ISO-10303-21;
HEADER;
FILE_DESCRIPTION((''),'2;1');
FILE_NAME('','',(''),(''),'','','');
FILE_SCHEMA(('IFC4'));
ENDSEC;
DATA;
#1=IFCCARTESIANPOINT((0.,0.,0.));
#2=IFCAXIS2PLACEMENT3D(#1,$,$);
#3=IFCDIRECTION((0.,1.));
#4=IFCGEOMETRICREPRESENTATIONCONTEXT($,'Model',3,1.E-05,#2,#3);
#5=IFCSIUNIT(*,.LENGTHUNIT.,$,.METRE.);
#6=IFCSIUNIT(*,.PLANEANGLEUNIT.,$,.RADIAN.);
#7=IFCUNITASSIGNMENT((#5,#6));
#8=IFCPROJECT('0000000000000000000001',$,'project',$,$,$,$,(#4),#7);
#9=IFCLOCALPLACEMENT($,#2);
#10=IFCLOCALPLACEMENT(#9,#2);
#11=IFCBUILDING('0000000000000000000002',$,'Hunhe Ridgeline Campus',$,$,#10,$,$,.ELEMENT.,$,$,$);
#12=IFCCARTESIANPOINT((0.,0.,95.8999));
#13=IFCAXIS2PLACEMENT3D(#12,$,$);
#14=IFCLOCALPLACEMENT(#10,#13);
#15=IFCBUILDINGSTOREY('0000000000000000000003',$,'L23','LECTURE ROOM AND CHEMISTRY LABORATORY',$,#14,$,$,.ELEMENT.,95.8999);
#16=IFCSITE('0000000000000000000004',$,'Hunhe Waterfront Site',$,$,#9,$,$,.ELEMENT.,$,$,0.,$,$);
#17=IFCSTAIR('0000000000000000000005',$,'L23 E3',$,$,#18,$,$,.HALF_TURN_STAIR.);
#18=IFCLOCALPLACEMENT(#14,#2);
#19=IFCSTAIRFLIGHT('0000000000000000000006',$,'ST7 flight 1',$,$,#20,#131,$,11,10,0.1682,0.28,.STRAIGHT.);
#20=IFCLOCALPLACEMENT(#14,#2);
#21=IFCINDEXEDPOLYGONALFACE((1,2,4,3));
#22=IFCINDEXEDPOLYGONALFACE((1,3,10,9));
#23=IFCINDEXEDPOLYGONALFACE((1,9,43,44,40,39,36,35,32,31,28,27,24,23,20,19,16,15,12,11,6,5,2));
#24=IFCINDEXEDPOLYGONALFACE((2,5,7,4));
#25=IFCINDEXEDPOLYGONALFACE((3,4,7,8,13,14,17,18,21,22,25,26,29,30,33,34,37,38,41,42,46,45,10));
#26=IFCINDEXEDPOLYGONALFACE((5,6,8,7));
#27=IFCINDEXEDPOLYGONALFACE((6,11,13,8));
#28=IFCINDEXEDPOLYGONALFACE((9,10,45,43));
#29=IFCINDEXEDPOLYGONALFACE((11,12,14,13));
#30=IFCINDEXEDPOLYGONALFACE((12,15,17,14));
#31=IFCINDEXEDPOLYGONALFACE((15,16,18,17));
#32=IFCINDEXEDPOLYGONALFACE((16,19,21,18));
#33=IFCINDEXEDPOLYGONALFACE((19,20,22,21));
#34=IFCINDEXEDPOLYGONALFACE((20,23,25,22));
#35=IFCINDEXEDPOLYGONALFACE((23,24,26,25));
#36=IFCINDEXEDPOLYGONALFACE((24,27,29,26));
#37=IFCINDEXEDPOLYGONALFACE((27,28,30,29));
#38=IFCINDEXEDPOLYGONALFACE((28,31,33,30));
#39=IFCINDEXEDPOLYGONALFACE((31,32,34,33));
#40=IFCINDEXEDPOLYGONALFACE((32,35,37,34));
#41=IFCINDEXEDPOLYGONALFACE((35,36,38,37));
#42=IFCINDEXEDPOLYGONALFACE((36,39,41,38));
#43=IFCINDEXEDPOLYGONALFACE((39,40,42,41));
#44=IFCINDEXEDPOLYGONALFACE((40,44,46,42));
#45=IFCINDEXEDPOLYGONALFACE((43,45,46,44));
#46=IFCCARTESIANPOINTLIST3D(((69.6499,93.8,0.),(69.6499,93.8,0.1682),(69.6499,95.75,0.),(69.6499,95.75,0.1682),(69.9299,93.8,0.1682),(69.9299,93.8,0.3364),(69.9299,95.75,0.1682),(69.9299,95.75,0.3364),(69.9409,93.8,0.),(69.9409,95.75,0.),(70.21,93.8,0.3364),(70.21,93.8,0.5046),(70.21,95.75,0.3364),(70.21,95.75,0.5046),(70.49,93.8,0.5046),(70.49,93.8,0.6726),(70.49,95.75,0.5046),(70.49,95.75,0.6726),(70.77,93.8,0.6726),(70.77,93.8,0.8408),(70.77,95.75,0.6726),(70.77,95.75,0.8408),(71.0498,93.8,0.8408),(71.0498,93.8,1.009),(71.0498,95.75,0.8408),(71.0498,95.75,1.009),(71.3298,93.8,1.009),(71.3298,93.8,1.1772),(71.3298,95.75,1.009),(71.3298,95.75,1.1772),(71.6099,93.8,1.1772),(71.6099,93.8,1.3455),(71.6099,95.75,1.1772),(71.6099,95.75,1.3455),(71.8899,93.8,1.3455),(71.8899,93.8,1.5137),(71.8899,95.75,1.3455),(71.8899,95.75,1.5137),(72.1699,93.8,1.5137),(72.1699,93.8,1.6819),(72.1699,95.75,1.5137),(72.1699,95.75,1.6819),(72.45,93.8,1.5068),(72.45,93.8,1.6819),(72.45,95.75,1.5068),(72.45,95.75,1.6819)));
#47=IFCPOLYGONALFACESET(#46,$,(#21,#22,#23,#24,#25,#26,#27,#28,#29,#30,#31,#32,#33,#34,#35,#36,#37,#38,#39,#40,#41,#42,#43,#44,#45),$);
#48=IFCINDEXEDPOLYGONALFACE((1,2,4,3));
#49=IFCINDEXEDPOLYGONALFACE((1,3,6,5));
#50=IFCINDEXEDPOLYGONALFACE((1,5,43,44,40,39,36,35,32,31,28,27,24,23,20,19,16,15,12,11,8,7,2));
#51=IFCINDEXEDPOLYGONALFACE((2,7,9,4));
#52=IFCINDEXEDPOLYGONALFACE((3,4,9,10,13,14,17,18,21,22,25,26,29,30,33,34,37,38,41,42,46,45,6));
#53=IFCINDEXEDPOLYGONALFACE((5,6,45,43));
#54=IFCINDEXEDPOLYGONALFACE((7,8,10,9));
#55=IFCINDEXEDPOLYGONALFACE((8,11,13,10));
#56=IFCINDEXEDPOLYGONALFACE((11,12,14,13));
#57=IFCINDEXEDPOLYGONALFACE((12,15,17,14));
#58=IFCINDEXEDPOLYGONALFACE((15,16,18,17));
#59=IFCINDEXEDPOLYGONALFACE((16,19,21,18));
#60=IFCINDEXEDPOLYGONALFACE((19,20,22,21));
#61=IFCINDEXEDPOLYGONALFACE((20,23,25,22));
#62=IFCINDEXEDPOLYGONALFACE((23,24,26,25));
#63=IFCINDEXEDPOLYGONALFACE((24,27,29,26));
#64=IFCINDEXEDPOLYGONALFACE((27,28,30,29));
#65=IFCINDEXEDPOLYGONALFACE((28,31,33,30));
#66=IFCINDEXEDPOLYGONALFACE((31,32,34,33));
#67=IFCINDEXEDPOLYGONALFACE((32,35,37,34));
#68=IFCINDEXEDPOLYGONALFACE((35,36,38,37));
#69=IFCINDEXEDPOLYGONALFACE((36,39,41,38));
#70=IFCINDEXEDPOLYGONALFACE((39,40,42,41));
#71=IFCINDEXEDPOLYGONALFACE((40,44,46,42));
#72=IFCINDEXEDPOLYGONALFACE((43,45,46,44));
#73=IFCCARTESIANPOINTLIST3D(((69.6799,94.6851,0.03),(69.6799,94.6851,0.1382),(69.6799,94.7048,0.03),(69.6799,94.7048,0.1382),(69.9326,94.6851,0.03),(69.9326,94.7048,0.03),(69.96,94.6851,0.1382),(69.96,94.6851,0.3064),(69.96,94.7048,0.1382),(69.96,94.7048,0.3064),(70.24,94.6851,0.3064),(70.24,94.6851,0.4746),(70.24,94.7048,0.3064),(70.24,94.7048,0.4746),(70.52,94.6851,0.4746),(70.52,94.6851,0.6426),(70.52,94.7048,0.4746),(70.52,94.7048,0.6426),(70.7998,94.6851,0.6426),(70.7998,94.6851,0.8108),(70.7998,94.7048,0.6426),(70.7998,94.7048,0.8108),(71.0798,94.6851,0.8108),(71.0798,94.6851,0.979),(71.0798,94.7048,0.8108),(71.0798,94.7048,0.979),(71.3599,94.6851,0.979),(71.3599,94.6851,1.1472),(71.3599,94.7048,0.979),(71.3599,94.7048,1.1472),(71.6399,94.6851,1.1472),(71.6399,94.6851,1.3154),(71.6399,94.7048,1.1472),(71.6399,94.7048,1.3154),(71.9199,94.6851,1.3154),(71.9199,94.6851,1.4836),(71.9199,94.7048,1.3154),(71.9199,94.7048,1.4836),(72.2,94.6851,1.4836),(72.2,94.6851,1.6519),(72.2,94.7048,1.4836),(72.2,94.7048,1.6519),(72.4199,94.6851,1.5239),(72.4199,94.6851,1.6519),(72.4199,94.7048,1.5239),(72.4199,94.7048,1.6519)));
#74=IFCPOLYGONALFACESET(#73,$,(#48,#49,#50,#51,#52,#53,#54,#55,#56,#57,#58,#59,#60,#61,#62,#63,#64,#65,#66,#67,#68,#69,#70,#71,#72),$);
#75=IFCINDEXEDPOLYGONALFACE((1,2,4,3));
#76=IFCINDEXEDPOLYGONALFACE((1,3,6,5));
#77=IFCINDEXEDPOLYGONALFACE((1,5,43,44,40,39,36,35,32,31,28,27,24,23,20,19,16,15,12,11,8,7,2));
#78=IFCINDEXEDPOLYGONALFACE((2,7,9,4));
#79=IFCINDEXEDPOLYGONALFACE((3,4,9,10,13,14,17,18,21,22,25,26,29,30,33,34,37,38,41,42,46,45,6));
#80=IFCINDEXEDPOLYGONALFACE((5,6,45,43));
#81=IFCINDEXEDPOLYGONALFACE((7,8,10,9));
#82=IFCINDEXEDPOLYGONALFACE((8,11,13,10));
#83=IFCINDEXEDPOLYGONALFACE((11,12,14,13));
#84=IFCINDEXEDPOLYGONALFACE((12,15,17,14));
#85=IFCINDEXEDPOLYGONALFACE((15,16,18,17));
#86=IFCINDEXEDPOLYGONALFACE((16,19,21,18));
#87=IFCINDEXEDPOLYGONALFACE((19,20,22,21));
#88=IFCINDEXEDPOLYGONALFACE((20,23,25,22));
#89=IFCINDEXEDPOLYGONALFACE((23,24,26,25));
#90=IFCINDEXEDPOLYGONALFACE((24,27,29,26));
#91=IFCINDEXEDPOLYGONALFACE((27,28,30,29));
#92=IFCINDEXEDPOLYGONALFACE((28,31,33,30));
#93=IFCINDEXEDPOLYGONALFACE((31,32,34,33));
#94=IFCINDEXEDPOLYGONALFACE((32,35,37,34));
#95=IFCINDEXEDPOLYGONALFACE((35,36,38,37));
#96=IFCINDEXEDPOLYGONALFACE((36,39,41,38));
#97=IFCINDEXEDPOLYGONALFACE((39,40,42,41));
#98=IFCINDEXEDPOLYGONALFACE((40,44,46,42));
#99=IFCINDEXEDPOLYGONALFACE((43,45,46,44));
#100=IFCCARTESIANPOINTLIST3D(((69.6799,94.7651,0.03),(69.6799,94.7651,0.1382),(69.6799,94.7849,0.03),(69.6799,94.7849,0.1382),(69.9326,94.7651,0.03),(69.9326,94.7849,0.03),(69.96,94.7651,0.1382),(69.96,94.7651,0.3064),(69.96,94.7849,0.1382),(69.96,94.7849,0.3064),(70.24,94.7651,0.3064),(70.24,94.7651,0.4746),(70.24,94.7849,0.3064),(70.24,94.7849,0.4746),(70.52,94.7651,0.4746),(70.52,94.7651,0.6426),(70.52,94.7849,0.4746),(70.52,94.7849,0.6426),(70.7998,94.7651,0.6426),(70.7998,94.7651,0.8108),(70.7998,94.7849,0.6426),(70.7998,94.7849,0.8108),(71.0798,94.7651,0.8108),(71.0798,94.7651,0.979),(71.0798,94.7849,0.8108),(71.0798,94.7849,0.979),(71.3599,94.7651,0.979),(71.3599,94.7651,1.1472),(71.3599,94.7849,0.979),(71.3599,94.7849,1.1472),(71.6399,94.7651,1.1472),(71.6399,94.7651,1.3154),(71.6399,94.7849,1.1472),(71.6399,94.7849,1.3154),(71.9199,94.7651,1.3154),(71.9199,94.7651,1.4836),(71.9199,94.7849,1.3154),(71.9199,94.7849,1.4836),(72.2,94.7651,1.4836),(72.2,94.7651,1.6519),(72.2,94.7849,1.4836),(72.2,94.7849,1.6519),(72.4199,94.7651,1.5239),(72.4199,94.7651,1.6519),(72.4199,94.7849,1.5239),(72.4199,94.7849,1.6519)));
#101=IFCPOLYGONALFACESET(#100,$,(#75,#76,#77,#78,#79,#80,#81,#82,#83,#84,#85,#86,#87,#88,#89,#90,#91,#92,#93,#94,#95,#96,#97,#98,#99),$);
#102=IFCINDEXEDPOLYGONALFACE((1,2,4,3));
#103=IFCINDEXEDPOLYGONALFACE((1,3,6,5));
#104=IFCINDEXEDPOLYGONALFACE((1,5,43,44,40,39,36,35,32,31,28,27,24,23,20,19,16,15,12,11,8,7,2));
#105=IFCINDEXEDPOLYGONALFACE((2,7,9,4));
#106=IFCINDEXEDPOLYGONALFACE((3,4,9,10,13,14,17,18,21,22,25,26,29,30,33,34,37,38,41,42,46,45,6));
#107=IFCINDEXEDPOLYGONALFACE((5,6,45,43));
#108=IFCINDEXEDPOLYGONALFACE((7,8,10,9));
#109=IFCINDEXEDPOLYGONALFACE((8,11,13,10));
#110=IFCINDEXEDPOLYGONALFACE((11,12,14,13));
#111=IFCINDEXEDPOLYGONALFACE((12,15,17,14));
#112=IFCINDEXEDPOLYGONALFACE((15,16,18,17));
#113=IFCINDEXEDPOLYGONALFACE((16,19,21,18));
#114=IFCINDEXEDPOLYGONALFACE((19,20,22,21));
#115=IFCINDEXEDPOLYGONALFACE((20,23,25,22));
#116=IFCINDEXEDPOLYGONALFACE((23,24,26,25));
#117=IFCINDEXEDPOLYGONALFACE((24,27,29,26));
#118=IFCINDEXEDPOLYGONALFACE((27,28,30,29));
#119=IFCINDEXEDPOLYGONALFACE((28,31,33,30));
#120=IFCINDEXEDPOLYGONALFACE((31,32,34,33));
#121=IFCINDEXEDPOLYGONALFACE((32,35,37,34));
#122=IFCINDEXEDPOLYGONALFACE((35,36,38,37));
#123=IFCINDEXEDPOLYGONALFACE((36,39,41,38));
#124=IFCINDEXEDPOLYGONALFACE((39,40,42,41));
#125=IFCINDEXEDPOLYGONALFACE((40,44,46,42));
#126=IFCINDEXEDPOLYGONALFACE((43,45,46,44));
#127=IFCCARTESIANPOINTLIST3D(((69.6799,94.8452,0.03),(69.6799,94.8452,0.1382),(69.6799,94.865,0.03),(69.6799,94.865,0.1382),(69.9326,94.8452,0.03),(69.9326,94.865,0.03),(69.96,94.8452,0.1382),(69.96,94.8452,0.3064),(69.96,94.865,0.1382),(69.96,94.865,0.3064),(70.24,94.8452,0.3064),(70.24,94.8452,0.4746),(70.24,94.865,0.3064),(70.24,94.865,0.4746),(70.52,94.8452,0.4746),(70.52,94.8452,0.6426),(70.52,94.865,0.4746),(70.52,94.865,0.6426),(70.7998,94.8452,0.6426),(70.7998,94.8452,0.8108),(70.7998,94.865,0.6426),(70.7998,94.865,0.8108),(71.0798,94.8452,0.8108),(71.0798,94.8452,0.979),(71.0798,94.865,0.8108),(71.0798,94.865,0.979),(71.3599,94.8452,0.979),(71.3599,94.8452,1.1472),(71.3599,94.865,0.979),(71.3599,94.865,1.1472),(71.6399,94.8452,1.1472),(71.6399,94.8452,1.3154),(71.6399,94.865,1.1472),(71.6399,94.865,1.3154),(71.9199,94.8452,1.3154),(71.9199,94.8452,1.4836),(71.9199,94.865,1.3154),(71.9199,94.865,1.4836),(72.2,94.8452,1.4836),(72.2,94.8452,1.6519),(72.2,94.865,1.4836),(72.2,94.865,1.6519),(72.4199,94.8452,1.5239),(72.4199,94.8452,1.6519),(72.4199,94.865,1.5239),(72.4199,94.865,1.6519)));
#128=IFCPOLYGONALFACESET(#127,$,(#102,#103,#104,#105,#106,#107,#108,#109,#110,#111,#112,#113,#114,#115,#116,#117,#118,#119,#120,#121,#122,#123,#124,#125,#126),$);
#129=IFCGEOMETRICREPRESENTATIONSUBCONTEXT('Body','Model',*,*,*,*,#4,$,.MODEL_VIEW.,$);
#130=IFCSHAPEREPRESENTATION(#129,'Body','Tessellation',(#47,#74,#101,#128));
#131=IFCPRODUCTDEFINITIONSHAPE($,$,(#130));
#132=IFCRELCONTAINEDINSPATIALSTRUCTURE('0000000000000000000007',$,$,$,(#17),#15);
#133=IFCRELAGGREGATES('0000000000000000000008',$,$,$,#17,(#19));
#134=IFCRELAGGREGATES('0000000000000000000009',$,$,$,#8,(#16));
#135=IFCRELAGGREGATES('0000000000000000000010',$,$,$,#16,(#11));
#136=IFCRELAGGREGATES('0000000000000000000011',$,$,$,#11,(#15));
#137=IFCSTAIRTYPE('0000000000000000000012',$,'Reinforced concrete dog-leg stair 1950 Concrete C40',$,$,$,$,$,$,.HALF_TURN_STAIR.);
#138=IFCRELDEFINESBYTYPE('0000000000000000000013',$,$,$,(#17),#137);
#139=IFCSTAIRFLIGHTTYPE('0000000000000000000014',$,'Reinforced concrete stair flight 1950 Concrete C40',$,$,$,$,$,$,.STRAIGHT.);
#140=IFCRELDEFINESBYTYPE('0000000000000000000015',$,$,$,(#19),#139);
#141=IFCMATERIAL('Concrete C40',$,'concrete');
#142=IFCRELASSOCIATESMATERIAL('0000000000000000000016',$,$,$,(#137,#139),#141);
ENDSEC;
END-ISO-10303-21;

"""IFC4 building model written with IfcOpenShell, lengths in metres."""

from ifc_helpers import new_model, si_unit, direction, frame, origin, place, context, subcontext, project, spatial, polyline, outline, extrude, material, type_object, element, aggregate, save


model = new_model("IFC4")

# Units and contexts
model_context = context("Model", 3, precision=1e-05, world=origin(), true_north=direction((0.0, 1.0)))
body_context = subcontext(model_context, "Body", "Model", "MODEL_VIEW")
ifc_project = project(units=[si_unit("LENGTHUNIT", "METRE"), si_unit("PLANEANGLEUNIT", "RADIAN")], contexts=[model_context])

# Site, building, storey
site_placement = place(None, origin())
site = spatial("IfcSite", under=ifc_project, at=site_placement, Name="Hunhe Waterfront Site", CompositionType="ELEMENT", RefElevation=0.0)
building_placement = place(site_placement, origin())
building = spatial("IfcBuilding", under=site, at=building_placement, Name="Hunhe Ridgeline Campus", CompositionType="ELEMENT")
storey_placement = place(building_placement, frame((0.0, 0.0, 95.8999)))
storey = spatial("IfcBuildingStorey", under=building, at=storey_placement, Name="L23", Description="LECTURE ROOM AND CHEMISTRY LABORATORY", CompositionType="ELEMENT", Elevation=95.8999)

# Shared definitions
ifc_material_1 = material(Name="Concrete C40", Category="concrete")
stair_type = type_object("IfcStairType", Name="Reinforced concrete dog-leg stair 1950 Concrete C40", PredefinedType="HALF_TURN_STAIR", material=ifc_material_1)
stair_flight_type = type_object("IfcStairFlightType", Name="Reinforced concrete stair flight 1950 Concrete C40", PredefinedType="STRAIGHT", material=ifc_material_1)

# Stair, stair flight
stair_1_placement = place(storey_placement, origin())
stair_1 = element("IfcStair", 1, at=stair_1_placement, inside=storey, type_object=stair_type, Name="L23 E3", PredefinedType="HALF_TURN_STAIR")
stair_flight_1_placement = place(storey_placement, frame((69.6499, 94.7749, 0.0), z_axis=(0.0, 0.0, 1.0), x_axis=(1.0, 0.0, 0.0)))
stair_flight_1 = element("IfcStairFlight", 2, at=stair_flight_1_placement, type_object=stair_flight_type, Name="ST7 flight 1", NumberOfRisers=11, NumberOfTreads=10, PredefinedType="STRAIGHT", RiserHeight=0.1682, TreadLength=0.28, context=body_context, shape_type="SweptSolid", body=[
    extrude(outline(polyline([(0.0, 0.0), (0.0, 0.1682), (0.28, 0.1682), (0.28, 0.3364), (0.5601, 0.3364), (0.5601, 0.5046), (0.8401, 0.5046), (0.8401, 0.6726), (1.1201, 0.6726), (1.1201, 0.8408), (1.3999, 0.8408), (1.3999, 1.009), (1.6799, 1.009), (1.6799, 1.1772), (1.96, 1.1772), (1.96, 1.3455), (2.24, 1.3455), (2.24, 1.5137), (2.52, 1.5137), (2.52, 1.6819), (2.8, 1.6819), (2.8, 1.8501), (2.8, 1.5068), (0.291, 0.0), (0.0, 0.0)])), frame((0.0, 0.9751, 0.0), z_axis=(0.0, -1.0, 0.0), x_axis=(1.0, 0.0, 0.0)), (0.0, 0.0, 1.0), 1.95),
    extrude(outline(polyline([(0.03, 0.03), (0.03, 0.1382), (0.3101, 0.1382), (0.3101, 0.3064), (0.5901, 0.3064), (0.5901, 0.4746), (0.8701, 0.4746), (0.8701, 0.6426), (1.1499, 0.6426), (1.1499, 0.8108), (1.4299, 0.8108), (1.4299, 0.979), (1.71, 0.979), (1.71, 1.1472), (1.99, 1.1472), (1.99, 1.3154), (2.27, 1.3154), (2.27, 1.4836), (2.55, 1.4836), (2.55, 1.6519), (2.77, 1.6519), (2.77, 1.5239), (0.2827, 0.03), (0.03, 0.03)])), frame((0.0, -0.0701, 0.0), z_axis=(0.0, -1.0, 0.0), x_axis=(1.0, 0.0, 0.0)), (0.0, 0.0, 1.0), 0.0198),
    extrude(outline(polyline([(0.03, 0.03), (0.03, 0.1382), (0.3101, 0.1382), (0.3101, 0.3064), (0.5901, 0.3064), (0.5901, 0.4746), (0.8701, 0.4746), (0.8701, 0.6426), (1.1499, 0.6426), (1.1499, 0.8108), (1.4299, 0.8108), (1.4299, 0.979), (1.71, 0.979), (1.71, 1.1472), (1.99, 1.1472), (1.99, 1.3154), (2.27, 1.3154), (2.27, 1.4836), (2.55, 1.4836), (2.55, 1.6519), (2.77, 1.6519), (2.77, 1.5239), (0.2827, 0.03), (0.03, 0.03)])), frame((0.0, 0.01, 0.0), z_axis=(0.0, -1.0, 0.0), x_axis=(1.0, 0.0, 0.0)), (0.0, 0.0, 1.0), 0.0198),
    extrude(outline(polyline([(0.03, 0.03), (0.03, 0.1382), (0.3101, 0.1382), (0.3101, 0.3064), (0.5901, 0.3064), (0.5901, 0.4746), (0.8701, 0.4746), (0.8701, 0.6426), (1.1499, 0.6426), (1.1499, 0.8108), (1.4299, 0.8108), (1.4299, 0.979), (1.71, 0.979), (1.71, 1.1472), (1.99, 1.1472), (1.99, 1.3154), (2.27, 1.3154), (2.27, 1.4836), (2.55, 1.4836), (2.55, 1.6519), (2.77, 1.6519), (2.77, 1.5239), (0.2827, 0.03), (0.03, 0.03)])), frame((0.0, 0.0901, 0.0), z_axis=(0.0, -1.0, 0.0), x_axis=(1.0, 0.0, 0.0)), (0.0, 0.0, 1.0), 0.0198),
])
aggregate(stair_1, [stair_flight_1])

save(model, "model.ifc")
